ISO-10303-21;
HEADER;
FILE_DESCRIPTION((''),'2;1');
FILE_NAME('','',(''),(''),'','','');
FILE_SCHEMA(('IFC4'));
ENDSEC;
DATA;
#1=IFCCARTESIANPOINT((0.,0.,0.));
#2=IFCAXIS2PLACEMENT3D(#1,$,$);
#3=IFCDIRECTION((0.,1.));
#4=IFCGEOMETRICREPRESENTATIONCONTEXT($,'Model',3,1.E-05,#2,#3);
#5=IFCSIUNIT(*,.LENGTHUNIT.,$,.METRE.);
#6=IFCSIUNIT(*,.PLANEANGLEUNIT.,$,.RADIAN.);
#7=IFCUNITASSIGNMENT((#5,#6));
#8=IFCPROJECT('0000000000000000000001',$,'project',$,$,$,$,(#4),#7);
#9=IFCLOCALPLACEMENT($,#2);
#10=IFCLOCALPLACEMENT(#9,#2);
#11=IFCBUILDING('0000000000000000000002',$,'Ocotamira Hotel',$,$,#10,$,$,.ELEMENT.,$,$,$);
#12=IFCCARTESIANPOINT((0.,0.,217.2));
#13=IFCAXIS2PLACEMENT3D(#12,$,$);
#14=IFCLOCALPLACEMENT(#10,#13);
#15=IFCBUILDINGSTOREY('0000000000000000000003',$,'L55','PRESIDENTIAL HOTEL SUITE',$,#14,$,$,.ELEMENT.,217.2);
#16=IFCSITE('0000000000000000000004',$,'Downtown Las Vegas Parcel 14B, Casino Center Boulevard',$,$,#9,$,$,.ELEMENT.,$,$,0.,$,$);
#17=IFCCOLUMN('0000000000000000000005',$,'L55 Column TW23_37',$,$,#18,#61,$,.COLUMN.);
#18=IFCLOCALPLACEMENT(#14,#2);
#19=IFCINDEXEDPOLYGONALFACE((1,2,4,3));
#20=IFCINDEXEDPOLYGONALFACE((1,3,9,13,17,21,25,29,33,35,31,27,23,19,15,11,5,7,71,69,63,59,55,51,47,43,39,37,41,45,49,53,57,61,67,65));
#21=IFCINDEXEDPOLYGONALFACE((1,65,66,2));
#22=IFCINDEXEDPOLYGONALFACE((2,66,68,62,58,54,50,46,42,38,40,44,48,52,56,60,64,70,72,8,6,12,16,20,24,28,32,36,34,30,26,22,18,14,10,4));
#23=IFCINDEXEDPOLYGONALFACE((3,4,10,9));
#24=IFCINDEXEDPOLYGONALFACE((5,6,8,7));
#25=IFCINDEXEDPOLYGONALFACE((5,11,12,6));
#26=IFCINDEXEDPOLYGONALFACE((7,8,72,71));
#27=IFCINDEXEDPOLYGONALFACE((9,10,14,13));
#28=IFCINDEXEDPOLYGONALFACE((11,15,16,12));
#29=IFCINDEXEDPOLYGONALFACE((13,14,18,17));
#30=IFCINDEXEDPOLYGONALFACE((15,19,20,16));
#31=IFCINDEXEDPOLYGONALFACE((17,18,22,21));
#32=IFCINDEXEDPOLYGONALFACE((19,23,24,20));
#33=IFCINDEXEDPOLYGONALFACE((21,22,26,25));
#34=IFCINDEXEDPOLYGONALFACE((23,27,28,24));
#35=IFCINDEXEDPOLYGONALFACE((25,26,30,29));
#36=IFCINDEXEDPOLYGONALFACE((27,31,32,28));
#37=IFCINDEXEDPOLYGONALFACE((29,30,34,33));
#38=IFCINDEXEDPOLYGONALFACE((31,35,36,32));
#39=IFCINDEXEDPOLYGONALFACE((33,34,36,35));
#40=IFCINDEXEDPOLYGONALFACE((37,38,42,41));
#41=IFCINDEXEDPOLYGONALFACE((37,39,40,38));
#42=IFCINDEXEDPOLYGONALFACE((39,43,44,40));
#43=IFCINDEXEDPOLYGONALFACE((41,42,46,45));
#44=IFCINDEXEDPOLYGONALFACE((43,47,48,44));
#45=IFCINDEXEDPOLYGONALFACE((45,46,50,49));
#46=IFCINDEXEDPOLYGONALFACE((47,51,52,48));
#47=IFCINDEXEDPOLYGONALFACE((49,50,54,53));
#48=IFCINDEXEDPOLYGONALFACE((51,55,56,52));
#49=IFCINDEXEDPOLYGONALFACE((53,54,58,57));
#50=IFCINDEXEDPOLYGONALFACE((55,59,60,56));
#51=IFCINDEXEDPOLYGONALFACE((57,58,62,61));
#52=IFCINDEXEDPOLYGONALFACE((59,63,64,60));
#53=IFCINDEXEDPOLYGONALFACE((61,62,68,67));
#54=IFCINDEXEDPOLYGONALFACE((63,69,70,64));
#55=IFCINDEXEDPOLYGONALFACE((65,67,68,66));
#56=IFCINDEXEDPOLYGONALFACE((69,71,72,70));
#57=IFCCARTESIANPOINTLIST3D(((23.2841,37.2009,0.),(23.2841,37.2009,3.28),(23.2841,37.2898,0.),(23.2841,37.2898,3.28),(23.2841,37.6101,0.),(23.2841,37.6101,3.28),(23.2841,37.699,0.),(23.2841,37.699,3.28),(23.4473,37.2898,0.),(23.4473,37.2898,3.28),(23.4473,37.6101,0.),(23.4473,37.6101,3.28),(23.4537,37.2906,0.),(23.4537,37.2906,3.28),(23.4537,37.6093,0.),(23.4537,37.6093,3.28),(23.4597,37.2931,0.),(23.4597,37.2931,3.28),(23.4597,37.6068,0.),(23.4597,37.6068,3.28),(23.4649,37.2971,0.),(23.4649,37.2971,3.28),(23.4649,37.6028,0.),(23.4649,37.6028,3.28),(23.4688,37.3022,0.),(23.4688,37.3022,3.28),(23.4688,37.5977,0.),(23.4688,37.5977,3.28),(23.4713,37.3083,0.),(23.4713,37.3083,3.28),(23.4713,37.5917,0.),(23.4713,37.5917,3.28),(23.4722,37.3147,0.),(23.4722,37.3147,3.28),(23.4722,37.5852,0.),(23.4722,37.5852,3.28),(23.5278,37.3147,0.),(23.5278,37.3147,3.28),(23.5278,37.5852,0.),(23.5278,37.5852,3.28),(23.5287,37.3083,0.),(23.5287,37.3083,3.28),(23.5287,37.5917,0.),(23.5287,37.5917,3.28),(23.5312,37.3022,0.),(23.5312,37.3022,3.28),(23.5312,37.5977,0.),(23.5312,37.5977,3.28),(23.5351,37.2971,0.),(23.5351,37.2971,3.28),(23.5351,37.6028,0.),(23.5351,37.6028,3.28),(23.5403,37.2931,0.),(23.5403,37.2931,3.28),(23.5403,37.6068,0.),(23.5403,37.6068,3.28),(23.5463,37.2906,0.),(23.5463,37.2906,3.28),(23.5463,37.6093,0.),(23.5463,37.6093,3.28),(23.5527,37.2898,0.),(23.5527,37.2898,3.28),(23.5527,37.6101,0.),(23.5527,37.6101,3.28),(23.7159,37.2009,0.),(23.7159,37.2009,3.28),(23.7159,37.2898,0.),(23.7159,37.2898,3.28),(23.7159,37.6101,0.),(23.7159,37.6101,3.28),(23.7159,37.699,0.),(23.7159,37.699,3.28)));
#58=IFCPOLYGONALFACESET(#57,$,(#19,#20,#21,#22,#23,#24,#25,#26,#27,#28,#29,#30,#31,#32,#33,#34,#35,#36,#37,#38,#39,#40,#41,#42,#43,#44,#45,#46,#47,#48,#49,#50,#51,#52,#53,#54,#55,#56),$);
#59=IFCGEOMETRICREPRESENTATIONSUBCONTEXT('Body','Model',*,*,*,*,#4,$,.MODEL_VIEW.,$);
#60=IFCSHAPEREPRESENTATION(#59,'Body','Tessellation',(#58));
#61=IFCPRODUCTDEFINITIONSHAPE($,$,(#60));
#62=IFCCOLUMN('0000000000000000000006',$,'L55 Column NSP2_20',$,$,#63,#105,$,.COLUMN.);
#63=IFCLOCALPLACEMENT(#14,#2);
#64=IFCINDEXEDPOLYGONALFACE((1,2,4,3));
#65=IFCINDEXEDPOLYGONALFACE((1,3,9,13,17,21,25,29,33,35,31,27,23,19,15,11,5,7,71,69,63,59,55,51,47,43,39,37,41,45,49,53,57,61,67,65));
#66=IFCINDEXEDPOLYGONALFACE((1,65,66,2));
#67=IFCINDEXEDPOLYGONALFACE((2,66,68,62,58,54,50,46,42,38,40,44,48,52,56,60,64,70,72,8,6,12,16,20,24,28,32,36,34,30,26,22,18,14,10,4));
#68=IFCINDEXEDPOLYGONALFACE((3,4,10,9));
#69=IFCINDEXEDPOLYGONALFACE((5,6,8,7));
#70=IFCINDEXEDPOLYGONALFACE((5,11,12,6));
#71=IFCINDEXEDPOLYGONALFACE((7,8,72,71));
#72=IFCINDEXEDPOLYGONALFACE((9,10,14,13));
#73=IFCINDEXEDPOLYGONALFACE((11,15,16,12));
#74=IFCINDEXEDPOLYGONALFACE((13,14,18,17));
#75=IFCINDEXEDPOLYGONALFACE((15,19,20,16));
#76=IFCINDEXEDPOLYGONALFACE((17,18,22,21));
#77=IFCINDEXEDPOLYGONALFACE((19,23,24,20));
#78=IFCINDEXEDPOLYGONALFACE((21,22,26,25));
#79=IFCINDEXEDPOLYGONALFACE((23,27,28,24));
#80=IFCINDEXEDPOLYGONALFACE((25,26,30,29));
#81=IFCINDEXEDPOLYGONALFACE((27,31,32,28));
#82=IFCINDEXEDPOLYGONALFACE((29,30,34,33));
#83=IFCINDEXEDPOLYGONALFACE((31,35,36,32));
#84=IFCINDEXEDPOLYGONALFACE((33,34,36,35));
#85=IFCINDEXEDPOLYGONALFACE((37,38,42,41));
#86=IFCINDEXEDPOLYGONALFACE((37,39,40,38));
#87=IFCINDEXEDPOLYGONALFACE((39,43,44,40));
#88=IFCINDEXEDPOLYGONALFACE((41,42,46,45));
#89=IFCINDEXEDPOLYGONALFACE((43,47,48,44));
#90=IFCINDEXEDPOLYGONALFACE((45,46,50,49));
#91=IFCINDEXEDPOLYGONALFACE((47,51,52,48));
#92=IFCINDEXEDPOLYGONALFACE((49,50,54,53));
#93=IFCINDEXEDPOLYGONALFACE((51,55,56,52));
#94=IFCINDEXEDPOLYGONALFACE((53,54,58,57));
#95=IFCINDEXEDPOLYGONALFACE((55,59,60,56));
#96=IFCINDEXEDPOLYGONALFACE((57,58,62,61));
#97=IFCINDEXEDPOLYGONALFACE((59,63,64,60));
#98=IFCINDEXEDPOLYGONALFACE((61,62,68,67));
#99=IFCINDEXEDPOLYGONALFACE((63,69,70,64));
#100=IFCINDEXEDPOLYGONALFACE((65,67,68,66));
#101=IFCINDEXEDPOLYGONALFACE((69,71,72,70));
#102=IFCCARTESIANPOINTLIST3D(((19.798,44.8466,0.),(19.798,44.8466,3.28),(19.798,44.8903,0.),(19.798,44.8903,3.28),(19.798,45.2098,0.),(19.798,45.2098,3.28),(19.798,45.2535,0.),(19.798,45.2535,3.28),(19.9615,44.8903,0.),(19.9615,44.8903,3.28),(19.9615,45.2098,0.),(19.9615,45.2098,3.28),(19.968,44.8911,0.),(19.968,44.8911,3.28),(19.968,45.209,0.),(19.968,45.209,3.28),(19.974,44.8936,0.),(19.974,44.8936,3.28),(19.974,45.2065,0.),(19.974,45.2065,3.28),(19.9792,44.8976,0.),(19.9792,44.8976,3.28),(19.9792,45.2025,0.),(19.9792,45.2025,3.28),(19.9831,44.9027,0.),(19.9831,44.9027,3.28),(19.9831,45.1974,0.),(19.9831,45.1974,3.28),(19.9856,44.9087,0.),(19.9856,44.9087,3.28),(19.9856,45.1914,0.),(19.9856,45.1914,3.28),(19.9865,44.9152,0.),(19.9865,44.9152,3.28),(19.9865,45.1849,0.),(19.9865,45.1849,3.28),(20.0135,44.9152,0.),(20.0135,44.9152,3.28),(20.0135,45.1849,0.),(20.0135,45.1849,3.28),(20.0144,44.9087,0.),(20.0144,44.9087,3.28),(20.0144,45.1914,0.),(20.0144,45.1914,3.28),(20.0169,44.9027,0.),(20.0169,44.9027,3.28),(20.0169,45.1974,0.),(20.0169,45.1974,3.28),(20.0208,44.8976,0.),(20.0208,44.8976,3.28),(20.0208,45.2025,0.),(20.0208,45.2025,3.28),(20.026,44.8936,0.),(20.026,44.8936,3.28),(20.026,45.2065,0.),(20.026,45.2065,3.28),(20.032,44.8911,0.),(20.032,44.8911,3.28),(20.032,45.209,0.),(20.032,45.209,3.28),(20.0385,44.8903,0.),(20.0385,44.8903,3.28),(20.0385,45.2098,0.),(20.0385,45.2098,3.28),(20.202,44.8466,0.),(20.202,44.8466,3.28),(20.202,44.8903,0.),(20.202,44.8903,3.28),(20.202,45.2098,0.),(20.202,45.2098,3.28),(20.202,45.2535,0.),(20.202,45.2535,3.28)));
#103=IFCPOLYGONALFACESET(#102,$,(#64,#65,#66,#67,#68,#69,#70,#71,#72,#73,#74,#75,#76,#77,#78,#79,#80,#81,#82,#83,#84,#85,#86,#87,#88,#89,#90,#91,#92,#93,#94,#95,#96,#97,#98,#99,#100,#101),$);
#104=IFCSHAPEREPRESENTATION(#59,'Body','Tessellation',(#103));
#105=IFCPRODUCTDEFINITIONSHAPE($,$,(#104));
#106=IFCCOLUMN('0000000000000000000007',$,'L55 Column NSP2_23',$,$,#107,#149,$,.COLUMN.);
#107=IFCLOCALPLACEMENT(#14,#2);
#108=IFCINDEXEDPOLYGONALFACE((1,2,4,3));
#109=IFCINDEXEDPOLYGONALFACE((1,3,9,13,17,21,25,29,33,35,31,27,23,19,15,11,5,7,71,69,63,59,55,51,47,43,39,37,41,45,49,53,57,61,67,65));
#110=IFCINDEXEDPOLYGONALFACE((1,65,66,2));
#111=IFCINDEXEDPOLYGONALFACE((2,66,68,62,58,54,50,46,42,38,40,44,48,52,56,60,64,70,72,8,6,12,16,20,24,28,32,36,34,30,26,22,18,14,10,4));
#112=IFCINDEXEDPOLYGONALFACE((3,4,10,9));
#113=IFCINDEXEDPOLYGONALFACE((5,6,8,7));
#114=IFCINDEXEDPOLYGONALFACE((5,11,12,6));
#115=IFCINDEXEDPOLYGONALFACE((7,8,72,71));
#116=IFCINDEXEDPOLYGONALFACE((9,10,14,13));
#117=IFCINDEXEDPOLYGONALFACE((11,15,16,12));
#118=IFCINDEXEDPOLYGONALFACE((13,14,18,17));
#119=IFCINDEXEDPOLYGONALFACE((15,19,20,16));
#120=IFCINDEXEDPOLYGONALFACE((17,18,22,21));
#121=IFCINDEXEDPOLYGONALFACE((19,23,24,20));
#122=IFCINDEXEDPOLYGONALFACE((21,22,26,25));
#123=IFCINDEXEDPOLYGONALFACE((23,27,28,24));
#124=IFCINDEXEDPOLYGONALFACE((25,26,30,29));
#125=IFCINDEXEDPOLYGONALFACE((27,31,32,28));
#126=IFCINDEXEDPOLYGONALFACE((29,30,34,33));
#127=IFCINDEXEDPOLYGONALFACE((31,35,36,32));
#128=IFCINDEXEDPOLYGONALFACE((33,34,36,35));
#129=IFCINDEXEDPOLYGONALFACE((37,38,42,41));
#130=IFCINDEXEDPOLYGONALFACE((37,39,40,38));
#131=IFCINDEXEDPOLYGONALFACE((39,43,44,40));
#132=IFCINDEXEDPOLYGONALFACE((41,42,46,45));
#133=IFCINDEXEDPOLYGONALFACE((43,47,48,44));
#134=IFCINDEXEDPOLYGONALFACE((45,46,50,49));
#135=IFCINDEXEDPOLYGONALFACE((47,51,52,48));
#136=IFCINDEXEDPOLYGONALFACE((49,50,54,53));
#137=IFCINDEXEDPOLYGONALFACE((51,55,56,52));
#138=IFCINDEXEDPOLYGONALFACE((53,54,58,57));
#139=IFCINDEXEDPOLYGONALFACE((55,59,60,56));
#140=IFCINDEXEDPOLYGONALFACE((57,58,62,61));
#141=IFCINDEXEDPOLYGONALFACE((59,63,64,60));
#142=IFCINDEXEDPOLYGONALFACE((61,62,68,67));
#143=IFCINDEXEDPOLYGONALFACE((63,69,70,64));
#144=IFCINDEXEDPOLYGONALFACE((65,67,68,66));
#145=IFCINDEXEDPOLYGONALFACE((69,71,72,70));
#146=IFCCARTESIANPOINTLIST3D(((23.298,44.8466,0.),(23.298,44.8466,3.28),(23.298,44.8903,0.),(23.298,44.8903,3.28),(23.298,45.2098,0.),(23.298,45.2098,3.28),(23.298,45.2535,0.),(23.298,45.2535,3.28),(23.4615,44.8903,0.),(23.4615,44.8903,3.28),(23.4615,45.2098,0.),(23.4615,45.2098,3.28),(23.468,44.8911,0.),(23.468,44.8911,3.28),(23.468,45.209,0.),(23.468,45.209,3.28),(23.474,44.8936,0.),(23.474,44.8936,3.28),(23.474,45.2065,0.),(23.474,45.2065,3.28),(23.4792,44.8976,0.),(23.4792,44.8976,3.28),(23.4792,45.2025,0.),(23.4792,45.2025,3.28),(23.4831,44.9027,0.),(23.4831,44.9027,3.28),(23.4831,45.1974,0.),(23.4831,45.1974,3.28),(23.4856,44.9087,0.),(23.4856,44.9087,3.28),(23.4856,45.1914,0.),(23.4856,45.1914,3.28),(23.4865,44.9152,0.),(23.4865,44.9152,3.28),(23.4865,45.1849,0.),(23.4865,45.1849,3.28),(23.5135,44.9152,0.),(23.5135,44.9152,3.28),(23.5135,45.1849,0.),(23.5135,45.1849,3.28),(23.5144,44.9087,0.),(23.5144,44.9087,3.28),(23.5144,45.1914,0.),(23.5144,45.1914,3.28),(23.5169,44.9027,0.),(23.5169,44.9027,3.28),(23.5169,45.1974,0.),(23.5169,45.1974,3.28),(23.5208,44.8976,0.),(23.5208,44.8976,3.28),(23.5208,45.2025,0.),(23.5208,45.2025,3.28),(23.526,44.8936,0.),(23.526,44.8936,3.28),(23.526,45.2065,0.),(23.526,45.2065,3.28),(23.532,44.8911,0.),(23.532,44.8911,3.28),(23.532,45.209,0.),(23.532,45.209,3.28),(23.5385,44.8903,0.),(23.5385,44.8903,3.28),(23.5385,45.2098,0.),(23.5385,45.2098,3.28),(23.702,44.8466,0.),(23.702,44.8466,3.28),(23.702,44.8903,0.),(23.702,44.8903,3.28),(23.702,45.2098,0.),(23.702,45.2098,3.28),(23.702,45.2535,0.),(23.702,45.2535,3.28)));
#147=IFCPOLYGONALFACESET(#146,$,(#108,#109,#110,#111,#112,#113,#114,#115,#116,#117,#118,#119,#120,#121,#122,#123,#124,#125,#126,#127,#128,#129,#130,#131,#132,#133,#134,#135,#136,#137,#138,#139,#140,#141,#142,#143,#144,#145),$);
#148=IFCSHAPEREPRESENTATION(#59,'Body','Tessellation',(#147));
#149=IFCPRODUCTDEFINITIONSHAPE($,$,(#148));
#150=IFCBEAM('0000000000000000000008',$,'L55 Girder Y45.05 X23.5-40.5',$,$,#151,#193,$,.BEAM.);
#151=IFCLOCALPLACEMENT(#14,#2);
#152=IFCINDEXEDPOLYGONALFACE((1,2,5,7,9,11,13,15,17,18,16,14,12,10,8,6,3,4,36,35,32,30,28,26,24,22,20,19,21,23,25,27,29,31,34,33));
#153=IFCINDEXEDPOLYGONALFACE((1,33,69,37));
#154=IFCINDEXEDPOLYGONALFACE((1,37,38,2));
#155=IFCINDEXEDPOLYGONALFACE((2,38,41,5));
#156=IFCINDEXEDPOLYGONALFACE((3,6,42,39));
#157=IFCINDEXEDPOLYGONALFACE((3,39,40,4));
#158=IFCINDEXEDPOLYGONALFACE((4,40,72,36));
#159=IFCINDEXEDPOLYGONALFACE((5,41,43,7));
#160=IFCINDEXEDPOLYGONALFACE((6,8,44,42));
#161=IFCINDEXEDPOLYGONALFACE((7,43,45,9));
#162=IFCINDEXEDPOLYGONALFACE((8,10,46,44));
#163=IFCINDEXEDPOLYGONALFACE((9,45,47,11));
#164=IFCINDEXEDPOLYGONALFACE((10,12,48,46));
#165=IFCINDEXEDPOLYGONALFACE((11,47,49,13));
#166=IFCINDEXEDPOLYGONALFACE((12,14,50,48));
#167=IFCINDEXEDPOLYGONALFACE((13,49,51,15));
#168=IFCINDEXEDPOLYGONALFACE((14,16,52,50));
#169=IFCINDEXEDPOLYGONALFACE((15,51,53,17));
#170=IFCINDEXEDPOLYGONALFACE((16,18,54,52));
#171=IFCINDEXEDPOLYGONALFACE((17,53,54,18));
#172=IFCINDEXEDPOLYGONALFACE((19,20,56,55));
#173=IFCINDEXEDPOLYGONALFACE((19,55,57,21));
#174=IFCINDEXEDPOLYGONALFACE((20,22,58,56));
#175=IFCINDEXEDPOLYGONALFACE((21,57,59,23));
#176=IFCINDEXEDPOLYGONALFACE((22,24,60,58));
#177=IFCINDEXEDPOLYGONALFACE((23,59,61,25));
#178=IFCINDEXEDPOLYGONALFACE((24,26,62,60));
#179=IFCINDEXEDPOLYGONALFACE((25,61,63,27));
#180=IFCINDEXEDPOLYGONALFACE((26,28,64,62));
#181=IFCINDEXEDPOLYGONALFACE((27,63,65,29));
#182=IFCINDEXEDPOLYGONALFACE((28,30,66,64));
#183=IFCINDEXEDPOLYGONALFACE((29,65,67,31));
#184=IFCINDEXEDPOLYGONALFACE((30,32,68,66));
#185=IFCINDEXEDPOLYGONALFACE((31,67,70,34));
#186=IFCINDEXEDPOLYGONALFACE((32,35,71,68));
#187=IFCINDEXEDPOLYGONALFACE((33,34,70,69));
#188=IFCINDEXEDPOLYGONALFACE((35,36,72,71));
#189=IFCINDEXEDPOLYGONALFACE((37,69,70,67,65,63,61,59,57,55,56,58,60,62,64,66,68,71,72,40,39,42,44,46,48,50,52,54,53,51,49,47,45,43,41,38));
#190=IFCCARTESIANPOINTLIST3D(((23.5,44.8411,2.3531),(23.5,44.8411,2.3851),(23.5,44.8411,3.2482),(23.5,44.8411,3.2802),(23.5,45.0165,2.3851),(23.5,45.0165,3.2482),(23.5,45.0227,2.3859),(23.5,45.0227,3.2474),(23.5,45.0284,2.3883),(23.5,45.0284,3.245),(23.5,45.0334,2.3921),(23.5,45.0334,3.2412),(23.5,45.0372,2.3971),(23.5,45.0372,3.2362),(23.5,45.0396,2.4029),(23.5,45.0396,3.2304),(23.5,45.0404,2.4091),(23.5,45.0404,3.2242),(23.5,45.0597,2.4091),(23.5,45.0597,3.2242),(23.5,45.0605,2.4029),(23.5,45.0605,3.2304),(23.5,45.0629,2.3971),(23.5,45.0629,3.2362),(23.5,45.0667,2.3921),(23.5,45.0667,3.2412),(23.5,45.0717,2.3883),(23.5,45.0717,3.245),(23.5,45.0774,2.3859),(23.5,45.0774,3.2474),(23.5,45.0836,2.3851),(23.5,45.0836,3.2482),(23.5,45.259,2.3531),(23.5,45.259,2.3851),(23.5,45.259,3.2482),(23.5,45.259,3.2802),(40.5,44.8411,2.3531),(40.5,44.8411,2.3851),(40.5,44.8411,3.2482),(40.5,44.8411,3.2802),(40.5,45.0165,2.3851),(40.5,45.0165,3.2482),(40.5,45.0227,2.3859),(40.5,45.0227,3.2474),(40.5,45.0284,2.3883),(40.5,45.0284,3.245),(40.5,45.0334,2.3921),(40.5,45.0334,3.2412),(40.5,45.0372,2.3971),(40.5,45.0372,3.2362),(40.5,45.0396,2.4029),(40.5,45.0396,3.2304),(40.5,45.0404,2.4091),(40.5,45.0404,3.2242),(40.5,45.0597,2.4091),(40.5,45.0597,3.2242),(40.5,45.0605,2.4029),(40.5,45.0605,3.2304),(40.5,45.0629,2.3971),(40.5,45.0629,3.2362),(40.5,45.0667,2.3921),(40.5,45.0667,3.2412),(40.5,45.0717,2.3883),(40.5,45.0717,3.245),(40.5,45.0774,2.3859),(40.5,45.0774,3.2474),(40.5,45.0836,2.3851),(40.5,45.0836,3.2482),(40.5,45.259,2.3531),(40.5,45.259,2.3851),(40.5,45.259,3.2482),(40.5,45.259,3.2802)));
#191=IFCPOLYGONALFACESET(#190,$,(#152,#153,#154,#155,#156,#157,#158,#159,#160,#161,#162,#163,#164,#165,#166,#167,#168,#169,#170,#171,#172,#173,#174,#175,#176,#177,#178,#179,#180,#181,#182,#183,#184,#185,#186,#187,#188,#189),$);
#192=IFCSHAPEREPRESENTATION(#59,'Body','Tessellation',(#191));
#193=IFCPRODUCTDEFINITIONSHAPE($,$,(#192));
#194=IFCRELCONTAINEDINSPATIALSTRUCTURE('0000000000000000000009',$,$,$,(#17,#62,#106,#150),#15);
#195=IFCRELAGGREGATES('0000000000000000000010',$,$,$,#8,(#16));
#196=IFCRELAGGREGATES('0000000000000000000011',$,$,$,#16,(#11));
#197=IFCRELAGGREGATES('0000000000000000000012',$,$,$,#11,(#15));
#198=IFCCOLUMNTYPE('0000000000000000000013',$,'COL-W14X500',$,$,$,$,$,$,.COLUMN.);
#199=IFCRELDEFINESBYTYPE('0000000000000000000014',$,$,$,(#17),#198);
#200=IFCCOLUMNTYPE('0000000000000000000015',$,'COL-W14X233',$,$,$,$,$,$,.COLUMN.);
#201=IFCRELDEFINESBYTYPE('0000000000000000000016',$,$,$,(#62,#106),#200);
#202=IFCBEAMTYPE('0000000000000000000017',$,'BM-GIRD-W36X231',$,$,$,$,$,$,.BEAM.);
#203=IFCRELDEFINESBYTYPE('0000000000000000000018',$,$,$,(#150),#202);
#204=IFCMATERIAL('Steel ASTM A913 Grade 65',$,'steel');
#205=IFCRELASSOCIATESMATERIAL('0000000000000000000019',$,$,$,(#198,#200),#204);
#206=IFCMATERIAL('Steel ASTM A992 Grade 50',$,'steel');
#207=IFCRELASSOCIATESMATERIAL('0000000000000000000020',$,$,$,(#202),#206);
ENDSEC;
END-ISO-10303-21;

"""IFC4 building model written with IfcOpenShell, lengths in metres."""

from ifc_helpers import new_model, si_unit, direction, frame, origin, origin_2d, place, context, subcontext, project, spatial, i_section, extrude, source, transform, mapped, material, material_profile, profile_set, type_object, element, save


model = new_model("IFC4")

# Units and contexts
model_context = context("Model", 3, precision=1e-05, world=origin(), true_north=direction((0.0, 1.0)))
body_context = subcontext(model_context, "Body", "Model", "MODEL_VIEW")
ifc_project = project(units=[si_unit("LENGTHUNIT", "METRE"), si_unit("PLANEANGLEUNIT", "RADIAN")], contexts=[model_context])

# Site, building, storey
site_placement = place(None, origin())
site = spatial("IfcSite", under=ifc_project, at=site_placement, Name="Downtown Las Vegas Parcel 14B, Casino Center Boulevard", CompositionType="ELEMENT", RefElevation=0.0)
building_placement = place(site_placement, origin())
building = spatial("IfcBuilding", under=site, at=building_placement, Name="Ocotamira Hotel", CompositionType="ELEMENT")
storey_placement = place(building_placement, frame((0.0, 0.0, 217.2)))
storey = spatial("IfcBuildingStorey", under=building, at=storey_placement, Name="L55", Description="PRESIDENTIAL HOTEL SUITE", CompositionType="ELEMENT", Elevation=217.2)

# Columns
ifc_material_1 = material(Name="Steel ASTM A913 Grade 65", Category="steel")
ifc_material_profile_1 = material_profile(ifc_material_1, i_section(OverallWidth=0.4319, OverallDepth=0.498, WebThickness=0.0557, FlangeThickness=0.0889, FilletRadius=0.0249, at=origin_2d()), Name="W14X500")
ifc_profile_set_1 = profile_set([ifc_material_profile_1], Name="Steel ASTM A913 Grade 65")
column_type_1 = type_object("IfcColumnType", Name="COL-W14X500", PredefinedType="COLUMN", material=ifc_profile_set_1)
shared_shape_1 = source(origin(), body_context, "Body", "SweptSolid", [
    extrude(i_section(OverallWidth=0.4319, OverallDepth=0.498, WebThickness=0.0557, FlangeThickness=0.0889, FilletRadius=0.0249, at=origin_2d()), origin(), (0.0, 0.0, 1.0), 3.28),
])
column_placement = place(storey_placement, frame((23.5, 37.45, 0.0), z_axis=(0.0, 0.0, 1.0), x_axis=(1.0, 0.0, 0.0)))
element("IfcColumn", 1, at=column_placement, inside=storey, type_object=column_type_1, Name="L55 Column TW23_37", PredefinedType="COLUMN", context=body_context, shape_type="MappedRepresentation", body=[
    mapped(shared_shape_1, transform((0.0, 0.0, 0.0), scale=1.0)),
])
ifc_material_profile_2 = material_profile(ifc_material_1, i_section(OverallWidth=0.4041, OverallDepth=0.407, WebThickness=0.0271, FlangeThickness=0.0437, FilletRadius=0.0249, at=origin_2d()), Name="W14X233")
ifc_profile_set_2 = profile_set([ifc_material_profile_2], Name="Steel ASTM A913 Grade 65")
column_type_2 = type_object("IfcColumnType", Name="COL-W14X233", PredefinedType="COLUMN", material=ifc_profile_set_2)
shared_shape_2 = source(origin(), body_context, "Body", "SweptSolid", [
    extrude(i_section(OverallWidth=0.4041, OverallDepth=0.407, WebThickness=0.0271, FlangeThickness=0.0437, FilletRadius=0.0249, at=origin_2d()), origin(), (0.0, 0.0, 1.0), 3.28),
])
for number, where, z_axis, x_axis, name in (
    (2, (20.0, 45.05, 0.0), (0.0, 0.0, 1.0), (1.0, 0.0, 0.0), "L55 Column NSP2_20"),
    (3, (23.5, 45.05, 0.0), (0.0, 0.0, 1.0), (1.0, 0.0, 0.0), "L55 Column NSP2_23"),
):
    element("IfcColumn", number, at=place(storey_placement, frame(where, z_axis=z_axis, x_axis=x_axis)), inside=storey, type_object=column_type_2, Name=name, PredefinedType="COLUMN", context=body_context, shape_type="MappedRepresentation", body=[
        mapped(shared_shape_2, transform((0.0, 0.0, 0.0), scale=1.0)),
    ])

# Beam
ifc_material_2 = material(Name="Steel ASTM A992 Grade 50", Category="steel")
ifc_material_profile_3 = material_profile(ifc_material_2, i_section(OverallWidth=0.418, OverallDepth=0.927, WebThickness=0.0193, FlangeThickness=0.032, FilletRadius=0.0239, at=origin_2d()), Name="W36X231")
ifc_profile_set_3 = profile_set([ifc_material_profile_3], Name="Steel ASTM A992 Grade 50")
beam_type_1 = type_object("IfcBeamType", Name="BM-GIRD-W36X231", PredefinedType="BEAM", material=ifc_profile_set_3)
shared_shape_3 = source(origin(), body_context, "Body", "SweptSolid", [
    extrude(i_section(OverallWidth=0.418, OverallDepth=0.927, WebThickness=0.0193, FlangeThickness=0.032, FilletRadius=0.0239, at=origin_2d()), origin(), (0.0, 0.0, 1.0), 17.0),
])
beam_1_placement = place(storey_placement, frame((23.5, 45.05, 2.8167), z_axis=(1.0, 0.0, 0.0), x_axis=(0.0, 1.0, 0.0)))
element("IfcBeam", 4, at=beam_1_placement, inside=storey, type_object=beam_type_1, Name="L55 Girder Y45.05 X23.5-40.5", PredefinedType="BEAM", context=body_context, shape_type="MappedRepresentation", body=[
    mapped(shared_shape_3, transform((0.0, 0.0, 0.0), scale=1.0)),
])

save(model, "model.ifc")
